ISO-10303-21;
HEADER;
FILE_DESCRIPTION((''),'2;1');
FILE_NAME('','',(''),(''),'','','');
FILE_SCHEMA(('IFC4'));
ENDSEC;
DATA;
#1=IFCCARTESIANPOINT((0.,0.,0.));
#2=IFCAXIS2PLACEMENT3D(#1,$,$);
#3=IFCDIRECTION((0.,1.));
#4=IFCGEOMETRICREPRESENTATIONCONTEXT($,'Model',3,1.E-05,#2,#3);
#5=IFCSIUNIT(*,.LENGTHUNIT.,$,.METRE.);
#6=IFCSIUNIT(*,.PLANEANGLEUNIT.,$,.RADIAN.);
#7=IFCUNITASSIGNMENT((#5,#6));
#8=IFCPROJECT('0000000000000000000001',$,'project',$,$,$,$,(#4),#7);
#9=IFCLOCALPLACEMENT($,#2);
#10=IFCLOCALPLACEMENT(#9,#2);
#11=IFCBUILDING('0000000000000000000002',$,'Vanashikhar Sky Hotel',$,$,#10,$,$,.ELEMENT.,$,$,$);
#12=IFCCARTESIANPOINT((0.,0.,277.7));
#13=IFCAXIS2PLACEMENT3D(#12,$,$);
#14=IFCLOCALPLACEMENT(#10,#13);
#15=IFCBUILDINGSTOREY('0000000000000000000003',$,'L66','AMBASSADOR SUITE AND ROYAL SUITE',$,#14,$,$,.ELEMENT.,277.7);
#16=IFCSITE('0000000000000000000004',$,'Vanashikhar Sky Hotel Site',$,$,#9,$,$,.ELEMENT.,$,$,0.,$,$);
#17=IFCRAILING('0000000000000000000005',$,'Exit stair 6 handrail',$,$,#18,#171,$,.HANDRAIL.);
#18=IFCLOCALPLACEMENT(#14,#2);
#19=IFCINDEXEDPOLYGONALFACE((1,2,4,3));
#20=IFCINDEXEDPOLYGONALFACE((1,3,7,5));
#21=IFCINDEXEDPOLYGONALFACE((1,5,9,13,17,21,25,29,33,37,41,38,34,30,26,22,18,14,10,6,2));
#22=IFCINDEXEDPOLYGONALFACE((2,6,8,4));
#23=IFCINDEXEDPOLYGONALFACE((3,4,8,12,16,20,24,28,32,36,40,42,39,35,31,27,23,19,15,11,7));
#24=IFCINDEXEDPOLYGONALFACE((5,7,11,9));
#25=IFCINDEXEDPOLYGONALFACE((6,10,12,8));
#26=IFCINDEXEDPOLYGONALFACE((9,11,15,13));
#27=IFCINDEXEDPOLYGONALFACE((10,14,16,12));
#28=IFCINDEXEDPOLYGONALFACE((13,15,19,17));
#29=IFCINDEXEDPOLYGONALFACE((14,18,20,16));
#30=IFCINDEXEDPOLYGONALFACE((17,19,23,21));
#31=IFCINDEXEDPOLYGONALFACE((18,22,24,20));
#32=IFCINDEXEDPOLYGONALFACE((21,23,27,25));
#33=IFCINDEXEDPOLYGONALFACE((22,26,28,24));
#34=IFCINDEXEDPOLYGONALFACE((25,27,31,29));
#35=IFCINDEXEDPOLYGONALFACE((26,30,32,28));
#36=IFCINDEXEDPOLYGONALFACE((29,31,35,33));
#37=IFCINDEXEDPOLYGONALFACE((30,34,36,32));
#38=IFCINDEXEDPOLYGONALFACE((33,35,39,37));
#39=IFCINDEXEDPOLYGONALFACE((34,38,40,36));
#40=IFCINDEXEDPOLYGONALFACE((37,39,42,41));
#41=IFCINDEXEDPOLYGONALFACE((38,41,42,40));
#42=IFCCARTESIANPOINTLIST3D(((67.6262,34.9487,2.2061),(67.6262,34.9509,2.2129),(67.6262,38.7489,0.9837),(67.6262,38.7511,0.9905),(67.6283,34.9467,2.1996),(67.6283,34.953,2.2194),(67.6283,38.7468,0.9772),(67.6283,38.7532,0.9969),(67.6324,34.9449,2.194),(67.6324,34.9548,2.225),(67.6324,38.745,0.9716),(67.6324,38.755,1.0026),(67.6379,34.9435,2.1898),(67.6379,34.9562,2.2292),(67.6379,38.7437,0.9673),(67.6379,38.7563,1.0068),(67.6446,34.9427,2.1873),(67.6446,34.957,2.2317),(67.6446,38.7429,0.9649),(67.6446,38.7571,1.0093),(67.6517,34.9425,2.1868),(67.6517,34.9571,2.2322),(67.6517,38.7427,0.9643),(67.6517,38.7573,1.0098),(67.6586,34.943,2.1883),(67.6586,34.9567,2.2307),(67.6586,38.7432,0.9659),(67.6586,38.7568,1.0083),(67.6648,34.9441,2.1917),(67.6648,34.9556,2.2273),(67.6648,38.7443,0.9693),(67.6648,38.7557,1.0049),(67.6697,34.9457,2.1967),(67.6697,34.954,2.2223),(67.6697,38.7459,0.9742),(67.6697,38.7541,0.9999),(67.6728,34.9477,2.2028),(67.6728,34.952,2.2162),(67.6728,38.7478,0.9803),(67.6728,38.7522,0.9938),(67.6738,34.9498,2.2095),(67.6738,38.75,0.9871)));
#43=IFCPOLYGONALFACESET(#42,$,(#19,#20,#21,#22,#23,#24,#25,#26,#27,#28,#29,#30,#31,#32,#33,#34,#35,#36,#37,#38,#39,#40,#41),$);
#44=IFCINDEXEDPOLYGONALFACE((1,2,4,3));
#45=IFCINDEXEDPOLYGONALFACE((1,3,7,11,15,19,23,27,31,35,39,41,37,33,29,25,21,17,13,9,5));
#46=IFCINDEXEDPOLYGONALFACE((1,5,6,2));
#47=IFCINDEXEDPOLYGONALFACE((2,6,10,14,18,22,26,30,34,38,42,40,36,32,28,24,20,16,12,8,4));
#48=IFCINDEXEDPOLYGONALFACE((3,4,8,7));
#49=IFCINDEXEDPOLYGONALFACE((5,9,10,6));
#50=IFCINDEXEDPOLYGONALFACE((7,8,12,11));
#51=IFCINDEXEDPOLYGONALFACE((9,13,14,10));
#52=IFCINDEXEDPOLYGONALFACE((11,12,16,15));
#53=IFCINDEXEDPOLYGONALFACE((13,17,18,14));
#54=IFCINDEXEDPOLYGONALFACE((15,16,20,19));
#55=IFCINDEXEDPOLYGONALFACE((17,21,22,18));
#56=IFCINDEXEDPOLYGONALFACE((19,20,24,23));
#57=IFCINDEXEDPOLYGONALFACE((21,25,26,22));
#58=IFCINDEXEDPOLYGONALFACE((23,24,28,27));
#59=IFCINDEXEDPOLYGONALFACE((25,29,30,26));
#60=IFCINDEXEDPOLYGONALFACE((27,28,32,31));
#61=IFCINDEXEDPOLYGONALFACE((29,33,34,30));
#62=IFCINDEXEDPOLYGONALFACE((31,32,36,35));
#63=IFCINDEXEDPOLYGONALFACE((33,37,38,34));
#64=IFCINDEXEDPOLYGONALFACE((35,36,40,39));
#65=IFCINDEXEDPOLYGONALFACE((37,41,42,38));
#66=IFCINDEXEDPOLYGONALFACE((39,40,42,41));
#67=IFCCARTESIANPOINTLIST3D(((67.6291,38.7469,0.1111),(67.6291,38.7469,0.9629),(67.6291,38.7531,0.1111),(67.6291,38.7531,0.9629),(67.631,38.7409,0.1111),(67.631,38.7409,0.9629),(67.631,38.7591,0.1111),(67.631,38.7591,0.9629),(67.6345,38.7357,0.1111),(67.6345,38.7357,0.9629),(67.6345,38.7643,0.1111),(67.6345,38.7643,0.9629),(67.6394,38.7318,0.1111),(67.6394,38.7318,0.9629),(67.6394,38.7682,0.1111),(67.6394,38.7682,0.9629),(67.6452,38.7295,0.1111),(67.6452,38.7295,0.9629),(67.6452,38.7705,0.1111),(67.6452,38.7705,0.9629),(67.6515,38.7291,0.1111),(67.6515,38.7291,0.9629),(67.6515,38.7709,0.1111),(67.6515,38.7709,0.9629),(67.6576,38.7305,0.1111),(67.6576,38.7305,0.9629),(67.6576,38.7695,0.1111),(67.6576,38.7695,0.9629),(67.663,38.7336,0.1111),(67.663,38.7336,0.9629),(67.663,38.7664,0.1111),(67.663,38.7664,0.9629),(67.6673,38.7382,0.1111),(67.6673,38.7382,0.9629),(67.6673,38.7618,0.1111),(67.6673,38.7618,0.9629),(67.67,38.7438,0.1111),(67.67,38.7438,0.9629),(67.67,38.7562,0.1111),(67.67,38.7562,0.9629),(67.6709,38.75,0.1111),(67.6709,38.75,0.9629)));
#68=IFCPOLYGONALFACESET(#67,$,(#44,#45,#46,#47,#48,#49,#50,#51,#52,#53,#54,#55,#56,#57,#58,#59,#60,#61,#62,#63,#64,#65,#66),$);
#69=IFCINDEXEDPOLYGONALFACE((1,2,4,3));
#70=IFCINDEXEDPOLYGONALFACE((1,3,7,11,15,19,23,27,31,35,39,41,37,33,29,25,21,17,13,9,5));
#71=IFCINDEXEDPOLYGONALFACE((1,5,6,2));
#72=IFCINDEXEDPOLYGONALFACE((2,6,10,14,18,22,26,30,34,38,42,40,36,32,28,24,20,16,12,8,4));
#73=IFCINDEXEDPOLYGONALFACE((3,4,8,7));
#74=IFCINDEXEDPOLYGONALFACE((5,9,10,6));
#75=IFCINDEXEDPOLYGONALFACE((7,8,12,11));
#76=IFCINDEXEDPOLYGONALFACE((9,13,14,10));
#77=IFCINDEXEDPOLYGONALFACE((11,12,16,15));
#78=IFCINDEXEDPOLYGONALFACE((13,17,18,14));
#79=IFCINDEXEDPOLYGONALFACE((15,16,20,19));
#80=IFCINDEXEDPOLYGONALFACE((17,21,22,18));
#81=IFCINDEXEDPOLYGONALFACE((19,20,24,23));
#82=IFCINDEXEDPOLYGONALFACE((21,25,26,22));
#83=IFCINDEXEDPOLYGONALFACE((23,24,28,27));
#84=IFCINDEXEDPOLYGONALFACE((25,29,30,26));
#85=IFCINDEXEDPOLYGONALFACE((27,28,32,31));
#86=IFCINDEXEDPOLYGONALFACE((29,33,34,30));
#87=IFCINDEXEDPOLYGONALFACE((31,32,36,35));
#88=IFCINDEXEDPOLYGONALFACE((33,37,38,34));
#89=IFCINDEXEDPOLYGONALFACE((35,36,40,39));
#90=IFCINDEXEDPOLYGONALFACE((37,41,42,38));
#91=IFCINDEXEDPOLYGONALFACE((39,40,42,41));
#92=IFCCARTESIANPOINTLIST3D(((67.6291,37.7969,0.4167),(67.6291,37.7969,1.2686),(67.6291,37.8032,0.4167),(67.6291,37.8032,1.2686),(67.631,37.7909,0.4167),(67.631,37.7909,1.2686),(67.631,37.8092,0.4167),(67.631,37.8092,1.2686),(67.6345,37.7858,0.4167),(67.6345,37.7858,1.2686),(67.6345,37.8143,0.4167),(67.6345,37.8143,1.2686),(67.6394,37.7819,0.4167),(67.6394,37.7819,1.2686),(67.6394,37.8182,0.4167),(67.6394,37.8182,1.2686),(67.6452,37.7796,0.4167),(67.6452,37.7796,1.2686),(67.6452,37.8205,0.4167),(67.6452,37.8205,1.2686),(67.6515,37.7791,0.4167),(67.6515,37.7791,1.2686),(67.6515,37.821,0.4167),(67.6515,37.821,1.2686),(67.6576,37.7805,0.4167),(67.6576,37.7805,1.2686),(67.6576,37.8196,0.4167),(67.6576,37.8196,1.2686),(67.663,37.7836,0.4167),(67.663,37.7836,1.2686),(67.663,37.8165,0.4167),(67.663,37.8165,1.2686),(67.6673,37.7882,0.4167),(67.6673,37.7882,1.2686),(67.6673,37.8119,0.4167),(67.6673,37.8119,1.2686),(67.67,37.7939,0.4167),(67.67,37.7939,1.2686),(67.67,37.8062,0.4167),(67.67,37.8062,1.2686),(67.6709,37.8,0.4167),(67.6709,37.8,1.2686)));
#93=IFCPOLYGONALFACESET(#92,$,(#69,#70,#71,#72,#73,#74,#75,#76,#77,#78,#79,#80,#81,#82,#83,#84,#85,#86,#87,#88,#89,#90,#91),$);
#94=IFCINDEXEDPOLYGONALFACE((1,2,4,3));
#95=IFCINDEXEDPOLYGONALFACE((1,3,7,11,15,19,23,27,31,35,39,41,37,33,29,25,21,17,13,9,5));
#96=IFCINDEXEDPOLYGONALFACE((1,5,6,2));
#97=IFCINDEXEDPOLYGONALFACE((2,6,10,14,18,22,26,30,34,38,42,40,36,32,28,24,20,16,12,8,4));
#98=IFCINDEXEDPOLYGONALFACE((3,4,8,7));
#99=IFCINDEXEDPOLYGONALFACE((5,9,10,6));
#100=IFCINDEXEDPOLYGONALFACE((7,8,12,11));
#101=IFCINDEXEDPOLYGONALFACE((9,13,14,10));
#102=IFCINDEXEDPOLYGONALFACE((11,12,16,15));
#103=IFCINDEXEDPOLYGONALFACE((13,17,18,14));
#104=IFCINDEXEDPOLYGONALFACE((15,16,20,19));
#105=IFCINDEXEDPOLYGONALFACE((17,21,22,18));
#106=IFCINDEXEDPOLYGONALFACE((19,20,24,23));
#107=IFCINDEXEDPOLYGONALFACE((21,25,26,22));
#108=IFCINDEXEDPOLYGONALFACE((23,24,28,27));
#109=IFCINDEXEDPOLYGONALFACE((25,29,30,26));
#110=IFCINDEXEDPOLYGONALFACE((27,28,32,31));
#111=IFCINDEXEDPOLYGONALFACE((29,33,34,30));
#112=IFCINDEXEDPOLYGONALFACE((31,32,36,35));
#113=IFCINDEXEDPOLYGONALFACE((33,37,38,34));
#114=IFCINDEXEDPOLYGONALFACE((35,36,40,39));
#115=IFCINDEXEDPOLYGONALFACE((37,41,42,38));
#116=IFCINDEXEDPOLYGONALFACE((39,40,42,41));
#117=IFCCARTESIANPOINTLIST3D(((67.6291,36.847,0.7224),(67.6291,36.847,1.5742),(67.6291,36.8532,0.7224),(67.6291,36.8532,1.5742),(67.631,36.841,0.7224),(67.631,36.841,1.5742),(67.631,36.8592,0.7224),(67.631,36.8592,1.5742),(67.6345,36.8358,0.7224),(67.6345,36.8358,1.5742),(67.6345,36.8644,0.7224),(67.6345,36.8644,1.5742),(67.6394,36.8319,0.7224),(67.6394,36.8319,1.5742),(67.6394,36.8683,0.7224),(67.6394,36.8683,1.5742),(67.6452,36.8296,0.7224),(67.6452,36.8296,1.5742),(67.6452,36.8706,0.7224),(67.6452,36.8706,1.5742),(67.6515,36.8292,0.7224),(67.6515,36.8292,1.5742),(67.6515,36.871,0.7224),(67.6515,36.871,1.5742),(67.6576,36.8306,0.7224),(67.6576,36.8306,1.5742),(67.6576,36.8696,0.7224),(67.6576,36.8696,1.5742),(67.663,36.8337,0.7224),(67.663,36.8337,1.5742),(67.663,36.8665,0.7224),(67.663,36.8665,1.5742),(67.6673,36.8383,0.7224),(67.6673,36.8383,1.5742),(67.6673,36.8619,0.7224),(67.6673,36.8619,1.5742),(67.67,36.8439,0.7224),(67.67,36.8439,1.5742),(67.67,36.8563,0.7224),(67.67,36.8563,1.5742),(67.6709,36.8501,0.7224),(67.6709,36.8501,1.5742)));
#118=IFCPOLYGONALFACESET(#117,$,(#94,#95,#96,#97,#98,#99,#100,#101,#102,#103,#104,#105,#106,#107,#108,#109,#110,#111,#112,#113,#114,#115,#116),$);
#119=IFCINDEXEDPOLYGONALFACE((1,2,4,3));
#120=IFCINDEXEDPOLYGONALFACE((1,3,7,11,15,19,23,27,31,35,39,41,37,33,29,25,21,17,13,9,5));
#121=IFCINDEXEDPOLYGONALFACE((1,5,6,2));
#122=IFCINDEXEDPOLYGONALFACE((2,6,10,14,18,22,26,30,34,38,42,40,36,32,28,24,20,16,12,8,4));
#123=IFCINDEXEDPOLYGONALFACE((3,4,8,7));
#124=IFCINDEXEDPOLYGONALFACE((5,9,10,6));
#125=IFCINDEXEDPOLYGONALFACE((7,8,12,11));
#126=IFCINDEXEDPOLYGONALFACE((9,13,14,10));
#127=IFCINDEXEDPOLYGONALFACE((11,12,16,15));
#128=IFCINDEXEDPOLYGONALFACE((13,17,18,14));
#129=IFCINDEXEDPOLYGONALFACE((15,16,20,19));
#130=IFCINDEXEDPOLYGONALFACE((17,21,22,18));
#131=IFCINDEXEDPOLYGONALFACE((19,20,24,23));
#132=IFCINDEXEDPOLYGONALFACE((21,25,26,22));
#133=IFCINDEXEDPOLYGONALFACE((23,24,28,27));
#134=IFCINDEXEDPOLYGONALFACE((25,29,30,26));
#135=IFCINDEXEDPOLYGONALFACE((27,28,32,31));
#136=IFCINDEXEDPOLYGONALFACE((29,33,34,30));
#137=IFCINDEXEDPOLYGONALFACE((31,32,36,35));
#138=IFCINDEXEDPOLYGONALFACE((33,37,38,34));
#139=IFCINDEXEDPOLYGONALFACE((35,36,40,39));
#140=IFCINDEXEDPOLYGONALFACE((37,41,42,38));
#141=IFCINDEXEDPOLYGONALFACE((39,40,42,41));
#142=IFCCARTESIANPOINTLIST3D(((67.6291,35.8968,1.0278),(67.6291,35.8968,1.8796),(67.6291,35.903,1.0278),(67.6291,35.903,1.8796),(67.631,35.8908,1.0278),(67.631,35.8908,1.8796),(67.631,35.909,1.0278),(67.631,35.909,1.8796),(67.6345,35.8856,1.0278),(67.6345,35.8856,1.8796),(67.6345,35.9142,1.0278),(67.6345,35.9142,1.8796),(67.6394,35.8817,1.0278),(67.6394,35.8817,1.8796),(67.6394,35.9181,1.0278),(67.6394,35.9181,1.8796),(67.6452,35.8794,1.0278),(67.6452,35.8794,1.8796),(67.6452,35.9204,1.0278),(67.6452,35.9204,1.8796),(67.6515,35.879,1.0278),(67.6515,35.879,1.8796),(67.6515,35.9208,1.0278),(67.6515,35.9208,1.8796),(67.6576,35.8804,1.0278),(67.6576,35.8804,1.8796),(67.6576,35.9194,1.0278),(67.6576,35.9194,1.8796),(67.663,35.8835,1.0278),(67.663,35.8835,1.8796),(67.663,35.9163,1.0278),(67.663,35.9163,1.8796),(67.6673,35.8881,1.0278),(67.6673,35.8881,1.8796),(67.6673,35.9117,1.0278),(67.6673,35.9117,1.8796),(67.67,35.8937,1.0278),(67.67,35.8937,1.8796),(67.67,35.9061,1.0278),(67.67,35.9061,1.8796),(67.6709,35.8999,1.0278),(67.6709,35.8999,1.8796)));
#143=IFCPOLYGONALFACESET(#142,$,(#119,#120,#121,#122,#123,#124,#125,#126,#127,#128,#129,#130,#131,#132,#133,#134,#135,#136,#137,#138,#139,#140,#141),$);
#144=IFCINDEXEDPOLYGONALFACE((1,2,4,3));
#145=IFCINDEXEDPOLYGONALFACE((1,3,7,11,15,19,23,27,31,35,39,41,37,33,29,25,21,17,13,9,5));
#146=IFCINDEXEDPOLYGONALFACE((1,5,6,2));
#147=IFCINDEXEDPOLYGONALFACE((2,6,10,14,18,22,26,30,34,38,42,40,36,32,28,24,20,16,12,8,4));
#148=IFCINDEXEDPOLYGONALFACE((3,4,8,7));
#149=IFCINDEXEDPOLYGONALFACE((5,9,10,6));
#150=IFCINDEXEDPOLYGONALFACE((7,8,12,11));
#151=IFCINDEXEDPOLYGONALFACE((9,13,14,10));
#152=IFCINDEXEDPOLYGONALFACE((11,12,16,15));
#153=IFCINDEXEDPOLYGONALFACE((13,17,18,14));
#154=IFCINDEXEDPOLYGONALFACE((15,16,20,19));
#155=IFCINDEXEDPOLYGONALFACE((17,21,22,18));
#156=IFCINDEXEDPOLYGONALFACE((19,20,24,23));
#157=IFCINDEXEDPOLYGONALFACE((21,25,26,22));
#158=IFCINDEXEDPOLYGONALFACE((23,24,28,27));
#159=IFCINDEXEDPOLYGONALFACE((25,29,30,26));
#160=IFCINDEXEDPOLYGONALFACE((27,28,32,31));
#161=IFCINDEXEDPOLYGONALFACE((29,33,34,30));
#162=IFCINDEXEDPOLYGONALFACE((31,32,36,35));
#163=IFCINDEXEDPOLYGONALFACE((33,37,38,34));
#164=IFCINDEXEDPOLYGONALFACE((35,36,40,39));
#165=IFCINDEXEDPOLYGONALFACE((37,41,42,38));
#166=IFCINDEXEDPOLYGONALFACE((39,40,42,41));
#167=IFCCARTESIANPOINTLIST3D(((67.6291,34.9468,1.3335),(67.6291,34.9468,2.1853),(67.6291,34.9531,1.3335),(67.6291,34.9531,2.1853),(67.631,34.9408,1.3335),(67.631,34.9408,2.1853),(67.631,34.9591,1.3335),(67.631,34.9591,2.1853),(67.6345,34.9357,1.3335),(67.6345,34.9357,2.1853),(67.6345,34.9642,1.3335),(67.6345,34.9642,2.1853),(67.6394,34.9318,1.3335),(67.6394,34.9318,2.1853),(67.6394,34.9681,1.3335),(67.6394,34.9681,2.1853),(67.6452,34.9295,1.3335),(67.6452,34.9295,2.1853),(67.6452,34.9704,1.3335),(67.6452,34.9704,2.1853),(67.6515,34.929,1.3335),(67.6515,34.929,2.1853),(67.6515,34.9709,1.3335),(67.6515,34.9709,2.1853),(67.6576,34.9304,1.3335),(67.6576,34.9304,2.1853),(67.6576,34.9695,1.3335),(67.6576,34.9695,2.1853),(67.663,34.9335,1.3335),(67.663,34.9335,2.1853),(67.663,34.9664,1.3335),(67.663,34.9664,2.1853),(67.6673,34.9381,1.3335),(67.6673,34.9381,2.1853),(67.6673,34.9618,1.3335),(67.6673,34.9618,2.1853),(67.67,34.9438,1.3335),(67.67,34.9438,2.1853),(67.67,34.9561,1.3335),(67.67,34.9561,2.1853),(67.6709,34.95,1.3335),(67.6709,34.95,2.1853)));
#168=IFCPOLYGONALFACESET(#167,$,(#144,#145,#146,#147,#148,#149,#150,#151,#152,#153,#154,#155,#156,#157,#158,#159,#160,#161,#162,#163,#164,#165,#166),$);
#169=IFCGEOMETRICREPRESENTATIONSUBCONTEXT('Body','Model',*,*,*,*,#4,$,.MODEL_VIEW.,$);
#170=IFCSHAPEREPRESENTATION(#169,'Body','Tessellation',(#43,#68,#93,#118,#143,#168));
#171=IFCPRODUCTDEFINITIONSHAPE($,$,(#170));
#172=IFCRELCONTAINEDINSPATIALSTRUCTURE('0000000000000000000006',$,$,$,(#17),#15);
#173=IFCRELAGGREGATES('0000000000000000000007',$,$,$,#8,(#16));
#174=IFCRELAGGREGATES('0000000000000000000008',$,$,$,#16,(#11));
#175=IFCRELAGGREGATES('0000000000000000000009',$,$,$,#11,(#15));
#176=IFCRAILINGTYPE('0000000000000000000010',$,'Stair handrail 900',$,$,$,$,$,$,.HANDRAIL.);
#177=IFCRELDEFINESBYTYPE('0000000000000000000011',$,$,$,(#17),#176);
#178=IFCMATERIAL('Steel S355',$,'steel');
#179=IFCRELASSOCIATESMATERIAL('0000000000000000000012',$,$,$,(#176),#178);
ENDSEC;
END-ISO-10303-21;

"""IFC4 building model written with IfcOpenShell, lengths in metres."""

from ifc_helpers import new_model, si_unit, direction, frame, origin, origin_2d, place, context, subcontext, project, spatial, circle, extrude, source, transform, mapped, material, type_object, element, save


model = new_model("IFC4")

# Units and contexts
model_context = context("Model", 3, precision=1e-05, world=origin(), true_north=direction((0.0, 1.0)))
body_context = subcontext(model_context, "Body", "Model", "MODEL_VIEW")
ifc_project = project(units=[si_unit("LENGTHUNIT", "METRE"), si_unit("PLANEANGLEUNIT", "RADIAN")], contexts=[model_context])

# Site, building, storey
site_placement = place(None, origin())
site = spatial("IfcSite", under=ifc_project, at=site_placement, Name="Vanashikhar Sky Hotel Site", CompositionType="ELEMENT", RefElevation=0.0)
building_placement = place(site_placement, origin())
building = spatial("IfcBuilding", under=site, at=building_placement, Name="Vanashikhar Sky Hotel", CompositionType="ELEMENT")
storey_placement = place(building_placement, frame((0.0, 0.0, 277.7)))
storey = spatial("IfcBuildingStorey", under=building, at=storey_placement, Name="L66", Description="AMBASSADOR SUITE AND ROYAL SUITE", CompositionType="ELEMENT", Elevation=277.7)

# Railing
ifc_material_1 = material(Name="Steel S355", Category="steel")
railing_type = type_object("IfcRailingType", Name="Stair handrail 900", PredefinedType="HANDRAIL", material=ifc_material_1)
shared_shape_1 = source(origin(), body_context, "Body", "SweptSolid", [
    extrude(circle(Radius=0.0239, at=origin_2d()), frame((0.0, 0.0, 0.876), z_axis=(0.0, -0.951958, 0.306229), x_axis=(1.0, 0.0, 0.0)), (0.0, 0.0, 1.0), 3.9919),
    extrude(circle(Radius=0.021, at=origin_2d()), origin(), (0.0, 0.0, 1.0), 0.8518),
    extrude(circle(Radius=0.021, at=origin_2d()), frame((0.0, -0.95, 0.3057)), (0.0, 0.0, 1.0), 0.8518),
    extrude(circle(Radius=0.021, at=origin_2d()), frame((0.0, -1.8999, 0.6113)), (0.0, 0.0, 1.0), 0.8518),
    extrude(circle(Radius=0.021, at=origin_2d()), frame((0.0, -2.8501, 0.9167)), (0.0, 0.0, 1.0), 0.8518),
    extrude(circle(Radius=0.021, at=origin_2d()), frame((0.0, -3.8, 1.2224)), (0.0, 0.0, 1.0), 0.8518),
])
for number, where, name in (
    (1, (67.6499, 38.75, 0.1111), "Exit stair 6 handrail"),
):
    element("IfcRailing", number, at=place(storey_placement, frame(where)), inside=storey, type_object=railing_type, Name=name, PredefinedType="HANDRAIL", context=body_context, shape_type="MappedRepresentation", body=[
        mapped(shared_shape_1, transform((0.0, 0.0, 0.0), scale=1.0)),
    ])

save(model, "model.ifc")
